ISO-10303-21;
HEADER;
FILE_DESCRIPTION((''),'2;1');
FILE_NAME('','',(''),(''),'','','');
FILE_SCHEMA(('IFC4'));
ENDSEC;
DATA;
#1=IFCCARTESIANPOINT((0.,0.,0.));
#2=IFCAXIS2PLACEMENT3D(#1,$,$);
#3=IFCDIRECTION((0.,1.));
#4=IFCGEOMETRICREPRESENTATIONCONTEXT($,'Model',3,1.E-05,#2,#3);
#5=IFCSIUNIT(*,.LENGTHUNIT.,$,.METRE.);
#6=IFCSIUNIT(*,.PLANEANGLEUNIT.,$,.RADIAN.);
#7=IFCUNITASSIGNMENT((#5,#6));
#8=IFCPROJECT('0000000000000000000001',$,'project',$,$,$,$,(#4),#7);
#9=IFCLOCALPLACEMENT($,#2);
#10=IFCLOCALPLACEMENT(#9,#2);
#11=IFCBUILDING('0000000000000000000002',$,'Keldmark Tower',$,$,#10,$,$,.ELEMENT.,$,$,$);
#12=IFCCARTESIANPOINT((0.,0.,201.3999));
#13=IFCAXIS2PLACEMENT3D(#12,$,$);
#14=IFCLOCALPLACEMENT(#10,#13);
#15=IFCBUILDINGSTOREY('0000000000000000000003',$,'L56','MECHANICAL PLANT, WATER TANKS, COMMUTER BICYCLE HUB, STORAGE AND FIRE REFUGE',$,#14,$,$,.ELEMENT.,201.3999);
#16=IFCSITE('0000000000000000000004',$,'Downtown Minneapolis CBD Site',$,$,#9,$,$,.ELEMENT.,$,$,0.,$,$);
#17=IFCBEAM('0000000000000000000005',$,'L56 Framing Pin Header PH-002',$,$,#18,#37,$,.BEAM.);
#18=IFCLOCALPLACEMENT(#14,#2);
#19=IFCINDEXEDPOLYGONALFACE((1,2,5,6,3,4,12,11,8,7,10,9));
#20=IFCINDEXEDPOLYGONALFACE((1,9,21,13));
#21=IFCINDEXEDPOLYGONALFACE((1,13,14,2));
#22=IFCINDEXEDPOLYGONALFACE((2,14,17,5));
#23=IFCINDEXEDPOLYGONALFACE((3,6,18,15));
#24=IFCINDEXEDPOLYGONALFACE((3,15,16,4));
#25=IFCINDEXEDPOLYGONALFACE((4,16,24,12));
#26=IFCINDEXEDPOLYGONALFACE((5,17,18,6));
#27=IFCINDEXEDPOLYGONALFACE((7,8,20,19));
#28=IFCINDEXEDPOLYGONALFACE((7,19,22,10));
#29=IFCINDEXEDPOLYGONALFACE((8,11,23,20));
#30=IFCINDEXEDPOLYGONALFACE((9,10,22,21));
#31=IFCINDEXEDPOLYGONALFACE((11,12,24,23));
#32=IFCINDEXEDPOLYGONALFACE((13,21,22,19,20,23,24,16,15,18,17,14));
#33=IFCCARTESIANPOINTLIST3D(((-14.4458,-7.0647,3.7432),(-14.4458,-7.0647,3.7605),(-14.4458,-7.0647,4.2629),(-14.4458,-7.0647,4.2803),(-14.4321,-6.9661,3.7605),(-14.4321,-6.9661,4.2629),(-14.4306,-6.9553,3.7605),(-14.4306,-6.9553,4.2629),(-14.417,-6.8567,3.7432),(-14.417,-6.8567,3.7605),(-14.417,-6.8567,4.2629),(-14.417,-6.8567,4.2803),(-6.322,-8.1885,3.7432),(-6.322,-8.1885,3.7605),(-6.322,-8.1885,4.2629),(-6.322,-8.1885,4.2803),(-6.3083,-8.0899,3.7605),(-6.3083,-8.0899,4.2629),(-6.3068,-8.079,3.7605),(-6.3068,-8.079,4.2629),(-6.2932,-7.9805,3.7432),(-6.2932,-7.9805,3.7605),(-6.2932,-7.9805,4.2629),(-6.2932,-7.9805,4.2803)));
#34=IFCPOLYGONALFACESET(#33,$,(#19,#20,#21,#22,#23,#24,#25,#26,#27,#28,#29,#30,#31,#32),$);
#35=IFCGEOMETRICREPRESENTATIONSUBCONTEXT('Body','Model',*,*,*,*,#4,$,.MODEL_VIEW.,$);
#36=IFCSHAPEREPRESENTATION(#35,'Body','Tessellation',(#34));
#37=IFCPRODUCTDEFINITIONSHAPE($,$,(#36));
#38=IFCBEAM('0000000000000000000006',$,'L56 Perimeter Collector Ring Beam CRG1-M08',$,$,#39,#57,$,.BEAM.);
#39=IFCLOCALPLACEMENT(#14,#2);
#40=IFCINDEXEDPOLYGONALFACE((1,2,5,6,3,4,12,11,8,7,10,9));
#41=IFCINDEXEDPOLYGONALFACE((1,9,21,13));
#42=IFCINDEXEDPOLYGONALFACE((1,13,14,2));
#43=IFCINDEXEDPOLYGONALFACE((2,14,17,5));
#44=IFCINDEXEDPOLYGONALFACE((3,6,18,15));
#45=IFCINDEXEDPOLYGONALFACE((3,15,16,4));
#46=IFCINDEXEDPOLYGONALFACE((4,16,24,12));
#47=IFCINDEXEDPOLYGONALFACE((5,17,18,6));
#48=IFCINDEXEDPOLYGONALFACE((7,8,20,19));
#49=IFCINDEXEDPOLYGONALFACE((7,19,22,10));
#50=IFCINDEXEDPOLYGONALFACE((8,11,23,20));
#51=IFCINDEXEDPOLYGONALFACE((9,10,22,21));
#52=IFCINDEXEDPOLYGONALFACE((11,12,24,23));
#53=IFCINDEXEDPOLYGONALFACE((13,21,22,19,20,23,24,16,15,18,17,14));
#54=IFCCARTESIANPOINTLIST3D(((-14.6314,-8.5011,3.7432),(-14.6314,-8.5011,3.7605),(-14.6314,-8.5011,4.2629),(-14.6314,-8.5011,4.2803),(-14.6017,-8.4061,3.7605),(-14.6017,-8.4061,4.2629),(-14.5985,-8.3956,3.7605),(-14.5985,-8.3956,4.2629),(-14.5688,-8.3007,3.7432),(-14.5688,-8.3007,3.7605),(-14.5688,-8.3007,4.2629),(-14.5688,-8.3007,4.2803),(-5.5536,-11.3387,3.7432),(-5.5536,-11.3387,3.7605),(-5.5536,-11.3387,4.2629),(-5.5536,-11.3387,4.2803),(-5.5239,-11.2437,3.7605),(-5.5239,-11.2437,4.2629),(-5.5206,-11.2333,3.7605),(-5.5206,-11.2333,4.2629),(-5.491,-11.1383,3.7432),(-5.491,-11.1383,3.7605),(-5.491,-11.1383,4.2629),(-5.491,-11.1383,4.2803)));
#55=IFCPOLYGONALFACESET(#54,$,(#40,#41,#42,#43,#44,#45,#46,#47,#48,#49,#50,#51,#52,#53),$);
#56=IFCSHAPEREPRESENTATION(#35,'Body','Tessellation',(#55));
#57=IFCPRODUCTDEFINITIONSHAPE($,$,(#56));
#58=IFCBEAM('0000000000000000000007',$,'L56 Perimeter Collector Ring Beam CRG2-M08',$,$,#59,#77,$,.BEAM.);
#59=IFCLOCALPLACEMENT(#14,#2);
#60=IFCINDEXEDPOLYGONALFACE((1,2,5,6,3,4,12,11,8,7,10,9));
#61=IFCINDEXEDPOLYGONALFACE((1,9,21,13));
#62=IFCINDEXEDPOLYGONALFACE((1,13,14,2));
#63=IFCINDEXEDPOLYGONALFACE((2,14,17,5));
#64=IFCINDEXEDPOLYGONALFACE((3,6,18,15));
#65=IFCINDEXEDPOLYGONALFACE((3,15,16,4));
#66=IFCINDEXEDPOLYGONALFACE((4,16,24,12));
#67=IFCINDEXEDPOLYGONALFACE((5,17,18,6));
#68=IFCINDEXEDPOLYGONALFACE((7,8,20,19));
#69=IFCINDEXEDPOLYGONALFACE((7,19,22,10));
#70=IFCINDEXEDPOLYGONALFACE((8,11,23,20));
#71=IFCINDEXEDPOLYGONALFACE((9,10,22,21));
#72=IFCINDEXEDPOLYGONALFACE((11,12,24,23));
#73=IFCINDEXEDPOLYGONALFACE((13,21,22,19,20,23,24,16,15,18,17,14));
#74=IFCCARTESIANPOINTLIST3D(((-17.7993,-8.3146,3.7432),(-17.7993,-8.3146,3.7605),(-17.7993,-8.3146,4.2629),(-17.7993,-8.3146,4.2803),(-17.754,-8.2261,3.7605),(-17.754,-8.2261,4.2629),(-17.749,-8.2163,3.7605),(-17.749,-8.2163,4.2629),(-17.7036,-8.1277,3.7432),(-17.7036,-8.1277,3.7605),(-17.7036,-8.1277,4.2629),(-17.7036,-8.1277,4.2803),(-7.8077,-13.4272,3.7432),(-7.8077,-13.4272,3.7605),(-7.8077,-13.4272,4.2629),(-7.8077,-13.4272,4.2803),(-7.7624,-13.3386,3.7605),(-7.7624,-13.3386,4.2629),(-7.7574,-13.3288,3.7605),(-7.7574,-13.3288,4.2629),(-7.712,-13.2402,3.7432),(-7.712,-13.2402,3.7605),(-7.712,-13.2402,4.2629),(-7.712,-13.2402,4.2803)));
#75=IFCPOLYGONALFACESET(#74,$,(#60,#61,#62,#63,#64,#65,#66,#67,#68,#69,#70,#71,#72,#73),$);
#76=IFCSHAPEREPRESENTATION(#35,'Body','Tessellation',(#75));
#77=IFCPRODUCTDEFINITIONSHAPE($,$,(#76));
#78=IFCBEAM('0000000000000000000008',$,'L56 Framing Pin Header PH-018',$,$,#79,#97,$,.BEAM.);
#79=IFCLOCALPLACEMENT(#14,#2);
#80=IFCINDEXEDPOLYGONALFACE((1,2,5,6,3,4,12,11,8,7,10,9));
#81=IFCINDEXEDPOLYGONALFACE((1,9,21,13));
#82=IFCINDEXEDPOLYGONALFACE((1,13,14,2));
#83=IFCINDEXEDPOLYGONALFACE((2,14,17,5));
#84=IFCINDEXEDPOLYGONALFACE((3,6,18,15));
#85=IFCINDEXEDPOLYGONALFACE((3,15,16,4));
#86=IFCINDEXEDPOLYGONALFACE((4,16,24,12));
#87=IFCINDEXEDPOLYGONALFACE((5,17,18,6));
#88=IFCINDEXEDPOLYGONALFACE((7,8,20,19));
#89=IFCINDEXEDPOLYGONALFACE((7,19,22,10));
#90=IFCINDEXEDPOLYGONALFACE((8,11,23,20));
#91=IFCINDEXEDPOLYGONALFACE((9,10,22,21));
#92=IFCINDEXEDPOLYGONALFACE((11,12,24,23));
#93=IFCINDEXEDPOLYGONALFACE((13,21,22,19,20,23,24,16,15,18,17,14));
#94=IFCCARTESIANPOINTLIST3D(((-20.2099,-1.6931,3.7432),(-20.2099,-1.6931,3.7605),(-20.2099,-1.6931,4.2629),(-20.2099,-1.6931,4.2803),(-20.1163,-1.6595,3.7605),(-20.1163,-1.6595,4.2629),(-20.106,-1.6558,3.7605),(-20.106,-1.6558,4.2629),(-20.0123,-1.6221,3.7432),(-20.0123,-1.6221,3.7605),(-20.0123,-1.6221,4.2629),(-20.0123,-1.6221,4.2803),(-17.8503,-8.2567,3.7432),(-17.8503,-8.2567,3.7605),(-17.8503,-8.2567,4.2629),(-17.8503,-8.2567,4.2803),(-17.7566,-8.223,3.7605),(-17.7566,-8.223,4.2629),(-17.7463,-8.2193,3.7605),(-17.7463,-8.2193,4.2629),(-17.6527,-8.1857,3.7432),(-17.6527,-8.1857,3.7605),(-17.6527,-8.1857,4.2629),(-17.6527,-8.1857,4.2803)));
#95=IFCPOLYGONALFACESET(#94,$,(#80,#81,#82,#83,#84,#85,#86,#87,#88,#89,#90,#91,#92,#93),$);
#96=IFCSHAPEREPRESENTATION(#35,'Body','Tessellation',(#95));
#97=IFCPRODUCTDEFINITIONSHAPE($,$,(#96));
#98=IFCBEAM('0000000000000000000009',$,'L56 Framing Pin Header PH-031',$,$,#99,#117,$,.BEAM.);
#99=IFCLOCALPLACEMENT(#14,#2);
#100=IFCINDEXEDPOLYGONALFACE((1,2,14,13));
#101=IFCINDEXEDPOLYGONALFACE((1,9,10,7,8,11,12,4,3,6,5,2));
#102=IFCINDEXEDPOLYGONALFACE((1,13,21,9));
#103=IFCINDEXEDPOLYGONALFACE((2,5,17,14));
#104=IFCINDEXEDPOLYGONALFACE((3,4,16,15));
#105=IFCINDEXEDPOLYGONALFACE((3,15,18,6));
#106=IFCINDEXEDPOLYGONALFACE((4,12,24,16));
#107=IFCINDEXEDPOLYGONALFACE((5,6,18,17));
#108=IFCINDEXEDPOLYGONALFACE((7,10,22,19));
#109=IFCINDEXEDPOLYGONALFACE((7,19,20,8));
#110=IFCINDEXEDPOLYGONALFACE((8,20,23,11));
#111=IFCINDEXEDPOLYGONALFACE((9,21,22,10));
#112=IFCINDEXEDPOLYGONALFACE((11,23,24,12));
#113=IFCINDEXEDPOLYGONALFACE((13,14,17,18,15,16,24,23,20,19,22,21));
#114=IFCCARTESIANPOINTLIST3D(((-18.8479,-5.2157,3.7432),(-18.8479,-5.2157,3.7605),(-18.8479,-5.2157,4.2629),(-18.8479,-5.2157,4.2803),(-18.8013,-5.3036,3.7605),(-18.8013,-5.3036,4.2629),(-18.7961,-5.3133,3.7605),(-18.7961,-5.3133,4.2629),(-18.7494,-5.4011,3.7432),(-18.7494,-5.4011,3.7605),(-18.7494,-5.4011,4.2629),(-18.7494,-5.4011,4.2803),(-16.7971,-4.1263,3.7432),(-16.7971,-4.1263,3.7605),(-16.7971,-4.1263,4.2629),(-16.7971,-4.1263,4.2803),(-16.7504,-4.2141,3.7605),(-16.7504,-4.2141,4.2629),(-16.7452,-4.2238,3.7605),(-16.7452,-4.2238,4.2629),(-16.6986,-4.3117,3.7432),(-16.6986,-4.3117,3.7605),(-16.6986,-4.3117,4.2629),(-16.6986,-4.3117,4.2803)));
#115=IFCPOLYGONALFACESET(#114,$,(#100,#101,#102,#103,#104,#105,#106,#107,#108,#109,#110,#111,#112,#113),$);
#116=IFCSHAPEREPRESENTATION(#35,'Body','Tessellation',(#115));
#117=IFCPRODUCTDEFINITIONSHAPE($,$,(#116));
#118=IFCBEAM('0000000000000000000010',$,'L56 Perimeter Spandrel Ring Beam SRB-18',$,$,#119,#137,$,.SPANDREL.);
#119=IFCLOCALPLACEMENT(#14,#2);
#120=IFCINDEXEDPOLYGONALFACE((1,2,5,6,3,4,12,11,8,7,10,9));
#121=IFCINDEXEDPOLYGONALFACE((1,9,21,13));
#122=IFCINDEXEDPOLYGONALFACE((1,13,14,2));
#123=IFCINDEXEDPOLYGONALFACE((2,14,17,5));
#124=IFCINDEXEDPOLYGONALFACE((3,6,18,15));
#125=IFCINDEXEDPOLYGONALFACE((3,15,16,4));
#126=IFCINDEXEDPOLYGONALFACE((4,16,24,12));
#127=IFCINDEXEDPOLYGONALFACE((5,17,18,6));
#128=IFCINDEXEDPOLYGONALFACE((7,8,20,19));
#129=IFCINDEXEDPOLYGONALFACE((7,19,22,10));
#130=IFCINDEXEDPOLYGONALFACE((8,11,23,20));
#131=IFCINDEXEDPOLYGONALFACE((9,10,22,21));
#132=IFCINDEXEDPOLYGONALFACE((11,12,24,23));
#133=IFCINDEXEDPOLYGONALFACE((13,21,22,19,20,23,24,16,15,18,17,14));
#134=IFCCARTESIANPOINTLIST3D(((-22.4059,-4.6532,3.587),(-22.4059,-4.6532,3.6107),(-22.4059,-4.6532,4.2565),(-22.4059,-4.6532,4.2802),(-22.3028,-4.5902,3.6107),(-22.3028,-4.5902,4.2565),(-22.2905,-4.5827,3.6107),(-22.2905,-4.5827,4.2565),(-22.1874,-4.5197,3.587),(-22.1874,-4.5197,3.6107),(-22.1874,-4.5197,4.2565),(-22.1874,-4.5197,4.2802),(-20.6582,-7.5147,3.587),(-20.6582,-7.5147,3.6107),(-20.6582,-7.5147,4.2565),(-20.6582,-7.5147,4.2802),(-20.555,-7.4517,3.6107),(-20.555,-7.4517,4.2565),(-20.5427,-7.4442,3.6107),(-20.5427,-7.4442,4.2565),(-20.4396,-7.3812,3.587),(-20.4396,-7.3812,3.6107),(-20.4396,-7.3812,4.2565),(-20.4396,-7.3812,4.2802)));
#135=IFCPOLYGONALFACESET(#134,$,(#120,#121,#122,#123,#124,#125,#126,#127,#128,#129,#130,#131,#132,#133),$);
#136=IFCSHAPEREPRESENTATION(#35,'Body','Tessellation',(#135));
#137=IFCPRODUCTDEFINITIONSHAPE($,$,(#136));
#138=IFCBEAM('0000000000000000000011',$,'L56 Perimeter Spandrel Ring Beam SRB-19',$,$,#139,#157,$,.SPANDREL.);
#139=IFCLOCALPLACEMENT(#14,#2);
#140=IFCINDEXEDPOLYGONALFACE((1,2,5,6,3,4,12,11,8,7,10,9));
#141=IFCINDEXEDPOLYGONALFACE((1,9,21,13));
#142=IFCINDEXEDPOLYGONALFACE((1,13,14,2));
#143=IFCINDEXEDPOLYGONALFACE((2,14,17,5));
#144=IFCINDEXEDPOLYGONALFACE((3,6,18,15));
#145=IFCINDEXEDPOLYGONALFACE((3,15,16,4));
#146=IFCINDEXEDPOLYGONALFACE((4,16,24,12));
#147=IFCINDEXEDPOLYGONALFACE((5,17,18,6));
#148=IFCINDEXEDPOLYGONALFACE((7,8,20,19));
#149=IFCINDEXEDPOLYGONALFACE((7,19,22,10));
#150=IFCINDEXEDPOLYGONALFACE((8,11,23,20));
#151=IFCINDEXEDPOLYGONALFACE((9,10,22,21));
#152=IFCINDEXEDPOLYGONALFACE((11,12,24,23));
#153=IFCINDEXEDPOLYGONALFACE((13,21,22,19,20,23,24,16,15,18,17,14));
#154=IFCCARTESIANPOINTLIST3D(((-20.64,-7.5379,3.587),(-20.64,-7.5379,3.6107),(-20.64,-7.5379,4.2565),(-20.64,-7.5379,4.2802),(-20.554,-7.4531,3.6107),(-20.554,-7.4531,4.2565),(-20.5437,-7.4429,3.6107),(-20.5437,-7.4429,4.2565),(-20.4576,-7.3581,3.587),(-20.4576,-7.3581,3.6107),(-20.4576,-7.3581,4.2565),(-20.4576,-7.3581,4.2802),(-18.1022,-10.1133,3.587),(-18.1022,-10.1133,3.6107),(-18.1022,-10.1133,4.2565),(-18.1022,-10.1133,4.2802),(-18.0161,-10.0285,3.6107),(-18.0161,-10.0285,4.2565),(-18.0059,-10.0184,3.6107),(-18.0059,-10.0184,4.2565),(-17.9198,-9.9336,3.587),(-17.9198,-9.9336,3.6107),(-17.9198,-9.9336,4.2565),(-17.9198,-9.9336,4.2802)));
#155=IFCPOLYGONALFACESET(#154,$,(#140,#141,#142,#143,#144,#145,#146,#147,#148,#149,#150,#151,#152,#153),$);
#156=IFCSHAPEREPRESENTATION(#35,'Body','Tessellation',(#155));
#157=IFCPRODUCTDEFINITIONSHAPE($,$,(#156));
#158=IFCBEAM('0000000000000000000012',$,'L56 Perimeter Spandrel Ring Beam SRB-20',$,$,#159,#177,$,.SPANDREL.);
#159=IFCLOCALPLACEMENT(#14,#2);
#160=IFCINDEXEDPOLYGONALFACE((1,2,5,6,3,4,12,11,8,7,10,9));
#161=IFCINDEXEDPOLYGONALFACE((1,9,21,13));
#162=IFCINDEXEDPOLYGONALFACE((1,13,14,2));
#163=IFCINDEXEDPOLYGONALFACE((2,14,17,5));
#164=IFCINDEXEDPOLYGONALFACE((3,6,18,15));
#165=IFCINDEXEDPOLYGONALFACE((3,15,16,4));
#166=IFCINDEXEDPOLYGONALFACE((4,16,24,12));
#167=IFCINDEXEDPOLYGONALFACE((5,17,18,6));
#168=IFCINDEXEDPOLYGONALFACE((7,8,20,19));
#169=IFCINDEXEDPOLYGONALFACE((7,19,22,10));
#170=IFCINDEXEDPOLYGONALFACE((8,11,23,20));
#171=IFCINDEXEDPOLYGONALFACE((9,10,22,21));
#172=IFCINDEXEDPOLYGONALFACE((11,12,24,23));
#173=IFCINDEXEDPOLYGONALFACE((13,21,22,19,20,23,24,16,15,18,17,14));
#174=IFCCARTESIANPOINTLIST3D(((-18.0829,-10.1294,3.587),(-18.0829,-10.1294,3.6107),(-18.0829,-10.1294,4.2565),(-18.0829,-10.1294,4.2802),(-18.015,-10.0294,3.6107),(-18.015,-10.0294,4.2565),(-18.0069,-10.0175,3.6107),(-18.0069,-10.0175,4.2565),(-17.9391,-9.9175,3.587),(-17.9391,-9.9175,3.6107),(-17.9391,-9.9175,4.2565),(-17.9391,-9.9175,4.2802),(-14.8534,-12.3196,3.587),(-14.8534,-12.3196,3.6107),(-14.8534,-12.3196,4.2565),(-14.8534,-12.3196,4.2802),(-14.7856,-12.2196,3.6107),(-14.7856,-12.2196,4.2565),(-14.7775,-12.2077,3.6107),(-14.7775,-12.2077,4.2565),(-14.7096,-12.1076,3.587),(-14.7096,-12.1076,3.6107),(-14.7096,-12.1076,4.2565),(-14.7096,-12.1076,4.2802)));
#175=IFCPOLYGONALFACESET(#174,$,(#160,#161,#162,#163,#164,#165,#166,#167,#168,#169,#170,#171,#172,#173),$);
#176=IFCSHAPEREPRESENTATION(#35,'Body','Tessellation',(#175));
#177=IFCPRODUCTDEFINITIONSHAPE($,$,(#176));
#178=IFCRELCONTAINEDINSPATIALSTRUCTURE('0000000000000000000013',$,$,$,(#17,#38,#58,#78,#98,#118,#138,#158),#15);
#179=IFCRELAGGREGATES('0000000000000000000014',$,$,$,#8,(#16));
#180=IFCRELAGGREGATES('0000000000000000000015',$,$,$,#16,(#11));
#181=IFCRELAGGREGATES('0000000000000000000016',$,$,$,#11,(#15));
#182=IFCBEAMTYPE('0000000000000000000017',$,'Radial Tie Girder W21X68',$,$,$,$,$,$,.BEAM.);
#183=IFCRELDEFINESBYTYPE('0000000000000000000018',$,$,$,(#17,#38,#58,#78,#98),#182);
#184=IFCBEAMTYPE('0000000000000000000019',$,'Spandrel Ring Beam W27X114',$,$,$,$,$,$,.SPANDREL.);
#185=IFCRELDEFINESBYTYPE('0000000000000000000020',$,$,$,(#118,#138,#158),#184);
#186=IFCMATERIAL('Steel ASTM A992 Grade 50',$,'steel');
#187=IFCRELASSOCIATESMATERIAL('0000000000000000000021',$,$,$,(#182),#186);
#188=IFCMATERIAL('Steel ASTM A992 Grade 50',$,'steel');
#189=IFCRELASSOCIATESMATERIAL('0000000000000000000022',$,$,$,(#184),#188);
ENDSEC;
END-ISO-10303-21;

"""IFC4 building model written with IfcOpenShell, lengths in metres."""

from ifc_helpers import new_model, si_unit, direction, frame, origin, origin_2d, place, context, subcontext, project, spatial, i_section, extrude, material, material_profile, profile_set, type_object, element, save


model = new_model("IFC4")

# Units and contexts
model_context = context("Model", 3, precision=1e-05, world=origin(), true_north=direction((0.0, 1.0)))
body_context = subcontext(model_context, "Body", "Model", "MODEL_VIEW")
ifc_project = project(units=[si_unit("LENGTHUNIT", "METRE"), si_unit("PLANEANGLEUNIT", "RADIAN")], contexts=[model_context])

# Site, building, storey
site_placement = place(None, origin())
site = spatial("IfcSite", under=ifc_project, at=site_placement, Name="Downtown Minneapolis CBD Site", CompositionType="ELEMENT", RefElevation=0.0)
building_placement = place(site_placement, origin())
building = spatial("IfcBuilding", under=site, at=building_placement, Name="Keldmark Tower", CompositionType="ELEMENT")
storey_placement = place(building_placement, frame((0.0, 0.0, 201.3999)))
storey = spatial("IfcBuildingStorey", under=building, at=storey_placement, Name="L56", Description="MECHANICAL PLANT, WATER TANKS, COMMUTER BICYCLE HUB, STORAGE AND FIRE REFUGE", CompositionType="ELEMENT", Elevation=201.3999)

# Beams
ifc_material_1 = material(Name="Steel ASTM A992 Grade 50", Category="steel")
ifc_material_profile_1 = material_profile(ifc_material_1, i_section(OverallWidth=0.21, OverallDepth=0.5371, WebThickness=0.011, FlangeThickness=0.0173, at=origin_2d()), Name="W21X68")
ifc_profile_set_1 = profile_set([ifc_material_profile_1], Name="Steel ASTM A992 Grade 50")
beam_type_1 = type_object("IfcBeamType", Name="Radial Tie Girder W21X68", PredefinedType="BEAM", material=ifc_profile_set_1)
beam_1_placement = place(storey_placement, frame((-14.4314, -6.9607, 4.0117), z_axis=(0.990567, -0.137027, 0.0), x_axis=(0.137027, 0.990567, 0.0)))
element("IfcBeam", 1, at=beam_1_placement, inside=storey, type_object=beam_type_1, Name="L56 Framing Pin Header PH-002", PredefinedType="BEAM", context=body_context, shape_type="SweptSolid", body=[
    extrude(i_section(OverallWidth=0.21, OverallDepth=0.5371, WebThickness=0.011, FlangeThickness=0.0173, at=origin_2d()), origin(), (0.0, 0.0, 1.0), 8.2012),
])
beam_2_placement = place(storey_placement, frame((-14.6001, -8.4009, 4.0117), z_axis=(0.954456, -0.298352, 0.0), x_axis=(0.298352, 0.954456, 0.0)))
element("IfcBeam", 2, at=beam_2_placement, inside=storey, type_object=beam_type_1, Name="L56 Perimeter Collector Ring Beam CRG1-M08", PredefinedType="BEAM", context=body_context, shape_type="SweptSolid", body=[
    extrude(i_section(OverallWidth=0.21, OverallDepth=0.5371, WebThickness=0.011, FlangeThickness=0.0173, at=origin_2d()), origin(), (0.0, 0.0, 1.0), 9.511),
])
beam_3_placement = place(storey_placement, frame((-17.7515, -8.2212, 4.0117), z_axis=(0.890229, -0.455512, 0.0), x_axis=(0.455512, 0.890229, 0.0)))
element("IfcBeam", 3, at=beam_3_placement, inside=storey, type_object=beam_type_1, Name="L56 Perimeter Collector Ring Beam CRG2-M08", PredefinedType="BEAM", context=body_context, shape_type="SweptSolid", body=[
    extrude(i_section(OverallWidth=0.21, OverallDepth=0.5371, WebThickness=0.011, FlangeThickness=0.0173, at=origin_2d()), origin(), (0.0, 0.0, 1.0), 11.2236),
])
beam_4_placement = place(storey_placement, frame((-17.7515, -8.2212, 4.0117), z_axis=(-0.338309, 0.941035, 0.0), x_axis=(-0.941035, -0.338309, 0.0)))
element("IfcBeam", 4, at=beam_4_placement, inside=storey, type_object=beam_type_1, Name="L56 Framing Pin Header PH-018", PredefinedType="BEAM", context=body_context, shape_type="SweptSolid", body=[
    extrude(i_section(OverallWidth=0.21, OverallDepth=0.5371, WebThickness=0.011, FlangeThickness=0.0173, at=origin_2d()), origin(), (0.0, 0.0, 1.0), 6.9749),
])
beam_5_placement = place(storey_placement, frame((-16.7478, -4.219, 4.0117), z_axis=(-0.883137, -0.469114, 0.0), x_axis=(0.469114, -0.883137, 0.0)))
element("IfcBeam", 5, at=beam_5_placement, inside=storey, type_object=beam_type_1, Name="L56 Framing Pin Header PH-031", PredefinedType="BEAM", context=body_context, shape_type="SweptSolid", body=[
    extrude(i_section(OverallWidth=0.21, OverallDepth=0.5371, WebThickness=0.011, FlangeThickness=0.0173, at=origin_2d()), origin(), (0.0, 0.0, 1.0), 2.3223),
])
ifc_material_2 = material(Name="Steel ASTM A992 Grade 50", Category="steel")
ifc_material_profile_2 = material_profile(ifc_material_2, i_section(OverallWidth=0.2561, OverallDepth=0.6931, WebThickness=0.0144, FlangeThickness=0.0237, at=origin_2d()), Name="W27X114")
ifc_profile_set_2 = profile_set([ifc_material_profile_2], Name="Steel ASTM A992 Grade 50")
beam_type_2 = type_object("IfcBeamType", Name="Spandrel Ring Beam W27X114", PredefinedType="SPANDREL", material=ifc_profile_set_2)
beam_6_placement = place(storey_placement, frame((-22.2966, -4.5864, 3.9336), z_axis=(0.521247, -0.853406, 0.0), x_axis=(0.853406, 0.521247, 0.0)))
element("IfcBeam", 6, at=beam_6_placement, inside=storey, type_object=beam_type_2, Name="L56 Perimeter Spandrel Ring Beam SRB-18", PredefinedType="SPANDREL", context=body_context, shape_type="SweptSolid", body=[
    extrude(i_section(OverallWidth=0.2561, OverallDepth=0.6931, WebThickness=0.0144, FlangeThickness=0.0237, at=origin_2d()), origin(), (0.0, 0.0, 1.0), 3.353),
])
beam_7_placement = place(storey_placement, frame((-20.5488, -7.448, 3.9336), z_axis=(0.701888, -0.712287, 0.0), x_axis=(0.712287, 0.701888, 0.0)))
element("IfcBeam", 7, at=beam_7_placement, inside=storey, type_object=beam_type_2, Name="L56 Perimeter Spandrel Ring Beam SRB-19", PredefinedType="SPANDREL", context=body_context, shape_type="SweptSolid", body=[
    extrude(i_section(OverallWidth=0.2561, OverallDepth=0.6931, WebThickness=0.0144, FlangeThickness=0.0237, at=origin_2d()), origin(), (0.0, 0.0, 1.0), 3.6157),
])
beam_8_placement = place(storey_placement, frame((-18.011, -10.0234, 3.9336), z_axis=(0.827625, -0.561281, 0.0), x_axis=(0.561281, 0.827625, 0.0)))
element("IfcBeam", 8, at=beam_8_placement, inside=storey, type_object=beam_type_2, Name="L56 Perimeter Spandrel Ring Beam SRB-20", PredefinedType="SPANDREL", context=body_context, shape_type="SweptSolid", body=[
    extrude(i_section(OverallWidth=0.2561, OverallDepth=0.6931, WebThickness=0.0144, FlangeThickness=0.0237, at=origin_2d()), origin(), (0.0, 0.0, 1.0), 3.9021),
])

save(model, "model.ifc")
